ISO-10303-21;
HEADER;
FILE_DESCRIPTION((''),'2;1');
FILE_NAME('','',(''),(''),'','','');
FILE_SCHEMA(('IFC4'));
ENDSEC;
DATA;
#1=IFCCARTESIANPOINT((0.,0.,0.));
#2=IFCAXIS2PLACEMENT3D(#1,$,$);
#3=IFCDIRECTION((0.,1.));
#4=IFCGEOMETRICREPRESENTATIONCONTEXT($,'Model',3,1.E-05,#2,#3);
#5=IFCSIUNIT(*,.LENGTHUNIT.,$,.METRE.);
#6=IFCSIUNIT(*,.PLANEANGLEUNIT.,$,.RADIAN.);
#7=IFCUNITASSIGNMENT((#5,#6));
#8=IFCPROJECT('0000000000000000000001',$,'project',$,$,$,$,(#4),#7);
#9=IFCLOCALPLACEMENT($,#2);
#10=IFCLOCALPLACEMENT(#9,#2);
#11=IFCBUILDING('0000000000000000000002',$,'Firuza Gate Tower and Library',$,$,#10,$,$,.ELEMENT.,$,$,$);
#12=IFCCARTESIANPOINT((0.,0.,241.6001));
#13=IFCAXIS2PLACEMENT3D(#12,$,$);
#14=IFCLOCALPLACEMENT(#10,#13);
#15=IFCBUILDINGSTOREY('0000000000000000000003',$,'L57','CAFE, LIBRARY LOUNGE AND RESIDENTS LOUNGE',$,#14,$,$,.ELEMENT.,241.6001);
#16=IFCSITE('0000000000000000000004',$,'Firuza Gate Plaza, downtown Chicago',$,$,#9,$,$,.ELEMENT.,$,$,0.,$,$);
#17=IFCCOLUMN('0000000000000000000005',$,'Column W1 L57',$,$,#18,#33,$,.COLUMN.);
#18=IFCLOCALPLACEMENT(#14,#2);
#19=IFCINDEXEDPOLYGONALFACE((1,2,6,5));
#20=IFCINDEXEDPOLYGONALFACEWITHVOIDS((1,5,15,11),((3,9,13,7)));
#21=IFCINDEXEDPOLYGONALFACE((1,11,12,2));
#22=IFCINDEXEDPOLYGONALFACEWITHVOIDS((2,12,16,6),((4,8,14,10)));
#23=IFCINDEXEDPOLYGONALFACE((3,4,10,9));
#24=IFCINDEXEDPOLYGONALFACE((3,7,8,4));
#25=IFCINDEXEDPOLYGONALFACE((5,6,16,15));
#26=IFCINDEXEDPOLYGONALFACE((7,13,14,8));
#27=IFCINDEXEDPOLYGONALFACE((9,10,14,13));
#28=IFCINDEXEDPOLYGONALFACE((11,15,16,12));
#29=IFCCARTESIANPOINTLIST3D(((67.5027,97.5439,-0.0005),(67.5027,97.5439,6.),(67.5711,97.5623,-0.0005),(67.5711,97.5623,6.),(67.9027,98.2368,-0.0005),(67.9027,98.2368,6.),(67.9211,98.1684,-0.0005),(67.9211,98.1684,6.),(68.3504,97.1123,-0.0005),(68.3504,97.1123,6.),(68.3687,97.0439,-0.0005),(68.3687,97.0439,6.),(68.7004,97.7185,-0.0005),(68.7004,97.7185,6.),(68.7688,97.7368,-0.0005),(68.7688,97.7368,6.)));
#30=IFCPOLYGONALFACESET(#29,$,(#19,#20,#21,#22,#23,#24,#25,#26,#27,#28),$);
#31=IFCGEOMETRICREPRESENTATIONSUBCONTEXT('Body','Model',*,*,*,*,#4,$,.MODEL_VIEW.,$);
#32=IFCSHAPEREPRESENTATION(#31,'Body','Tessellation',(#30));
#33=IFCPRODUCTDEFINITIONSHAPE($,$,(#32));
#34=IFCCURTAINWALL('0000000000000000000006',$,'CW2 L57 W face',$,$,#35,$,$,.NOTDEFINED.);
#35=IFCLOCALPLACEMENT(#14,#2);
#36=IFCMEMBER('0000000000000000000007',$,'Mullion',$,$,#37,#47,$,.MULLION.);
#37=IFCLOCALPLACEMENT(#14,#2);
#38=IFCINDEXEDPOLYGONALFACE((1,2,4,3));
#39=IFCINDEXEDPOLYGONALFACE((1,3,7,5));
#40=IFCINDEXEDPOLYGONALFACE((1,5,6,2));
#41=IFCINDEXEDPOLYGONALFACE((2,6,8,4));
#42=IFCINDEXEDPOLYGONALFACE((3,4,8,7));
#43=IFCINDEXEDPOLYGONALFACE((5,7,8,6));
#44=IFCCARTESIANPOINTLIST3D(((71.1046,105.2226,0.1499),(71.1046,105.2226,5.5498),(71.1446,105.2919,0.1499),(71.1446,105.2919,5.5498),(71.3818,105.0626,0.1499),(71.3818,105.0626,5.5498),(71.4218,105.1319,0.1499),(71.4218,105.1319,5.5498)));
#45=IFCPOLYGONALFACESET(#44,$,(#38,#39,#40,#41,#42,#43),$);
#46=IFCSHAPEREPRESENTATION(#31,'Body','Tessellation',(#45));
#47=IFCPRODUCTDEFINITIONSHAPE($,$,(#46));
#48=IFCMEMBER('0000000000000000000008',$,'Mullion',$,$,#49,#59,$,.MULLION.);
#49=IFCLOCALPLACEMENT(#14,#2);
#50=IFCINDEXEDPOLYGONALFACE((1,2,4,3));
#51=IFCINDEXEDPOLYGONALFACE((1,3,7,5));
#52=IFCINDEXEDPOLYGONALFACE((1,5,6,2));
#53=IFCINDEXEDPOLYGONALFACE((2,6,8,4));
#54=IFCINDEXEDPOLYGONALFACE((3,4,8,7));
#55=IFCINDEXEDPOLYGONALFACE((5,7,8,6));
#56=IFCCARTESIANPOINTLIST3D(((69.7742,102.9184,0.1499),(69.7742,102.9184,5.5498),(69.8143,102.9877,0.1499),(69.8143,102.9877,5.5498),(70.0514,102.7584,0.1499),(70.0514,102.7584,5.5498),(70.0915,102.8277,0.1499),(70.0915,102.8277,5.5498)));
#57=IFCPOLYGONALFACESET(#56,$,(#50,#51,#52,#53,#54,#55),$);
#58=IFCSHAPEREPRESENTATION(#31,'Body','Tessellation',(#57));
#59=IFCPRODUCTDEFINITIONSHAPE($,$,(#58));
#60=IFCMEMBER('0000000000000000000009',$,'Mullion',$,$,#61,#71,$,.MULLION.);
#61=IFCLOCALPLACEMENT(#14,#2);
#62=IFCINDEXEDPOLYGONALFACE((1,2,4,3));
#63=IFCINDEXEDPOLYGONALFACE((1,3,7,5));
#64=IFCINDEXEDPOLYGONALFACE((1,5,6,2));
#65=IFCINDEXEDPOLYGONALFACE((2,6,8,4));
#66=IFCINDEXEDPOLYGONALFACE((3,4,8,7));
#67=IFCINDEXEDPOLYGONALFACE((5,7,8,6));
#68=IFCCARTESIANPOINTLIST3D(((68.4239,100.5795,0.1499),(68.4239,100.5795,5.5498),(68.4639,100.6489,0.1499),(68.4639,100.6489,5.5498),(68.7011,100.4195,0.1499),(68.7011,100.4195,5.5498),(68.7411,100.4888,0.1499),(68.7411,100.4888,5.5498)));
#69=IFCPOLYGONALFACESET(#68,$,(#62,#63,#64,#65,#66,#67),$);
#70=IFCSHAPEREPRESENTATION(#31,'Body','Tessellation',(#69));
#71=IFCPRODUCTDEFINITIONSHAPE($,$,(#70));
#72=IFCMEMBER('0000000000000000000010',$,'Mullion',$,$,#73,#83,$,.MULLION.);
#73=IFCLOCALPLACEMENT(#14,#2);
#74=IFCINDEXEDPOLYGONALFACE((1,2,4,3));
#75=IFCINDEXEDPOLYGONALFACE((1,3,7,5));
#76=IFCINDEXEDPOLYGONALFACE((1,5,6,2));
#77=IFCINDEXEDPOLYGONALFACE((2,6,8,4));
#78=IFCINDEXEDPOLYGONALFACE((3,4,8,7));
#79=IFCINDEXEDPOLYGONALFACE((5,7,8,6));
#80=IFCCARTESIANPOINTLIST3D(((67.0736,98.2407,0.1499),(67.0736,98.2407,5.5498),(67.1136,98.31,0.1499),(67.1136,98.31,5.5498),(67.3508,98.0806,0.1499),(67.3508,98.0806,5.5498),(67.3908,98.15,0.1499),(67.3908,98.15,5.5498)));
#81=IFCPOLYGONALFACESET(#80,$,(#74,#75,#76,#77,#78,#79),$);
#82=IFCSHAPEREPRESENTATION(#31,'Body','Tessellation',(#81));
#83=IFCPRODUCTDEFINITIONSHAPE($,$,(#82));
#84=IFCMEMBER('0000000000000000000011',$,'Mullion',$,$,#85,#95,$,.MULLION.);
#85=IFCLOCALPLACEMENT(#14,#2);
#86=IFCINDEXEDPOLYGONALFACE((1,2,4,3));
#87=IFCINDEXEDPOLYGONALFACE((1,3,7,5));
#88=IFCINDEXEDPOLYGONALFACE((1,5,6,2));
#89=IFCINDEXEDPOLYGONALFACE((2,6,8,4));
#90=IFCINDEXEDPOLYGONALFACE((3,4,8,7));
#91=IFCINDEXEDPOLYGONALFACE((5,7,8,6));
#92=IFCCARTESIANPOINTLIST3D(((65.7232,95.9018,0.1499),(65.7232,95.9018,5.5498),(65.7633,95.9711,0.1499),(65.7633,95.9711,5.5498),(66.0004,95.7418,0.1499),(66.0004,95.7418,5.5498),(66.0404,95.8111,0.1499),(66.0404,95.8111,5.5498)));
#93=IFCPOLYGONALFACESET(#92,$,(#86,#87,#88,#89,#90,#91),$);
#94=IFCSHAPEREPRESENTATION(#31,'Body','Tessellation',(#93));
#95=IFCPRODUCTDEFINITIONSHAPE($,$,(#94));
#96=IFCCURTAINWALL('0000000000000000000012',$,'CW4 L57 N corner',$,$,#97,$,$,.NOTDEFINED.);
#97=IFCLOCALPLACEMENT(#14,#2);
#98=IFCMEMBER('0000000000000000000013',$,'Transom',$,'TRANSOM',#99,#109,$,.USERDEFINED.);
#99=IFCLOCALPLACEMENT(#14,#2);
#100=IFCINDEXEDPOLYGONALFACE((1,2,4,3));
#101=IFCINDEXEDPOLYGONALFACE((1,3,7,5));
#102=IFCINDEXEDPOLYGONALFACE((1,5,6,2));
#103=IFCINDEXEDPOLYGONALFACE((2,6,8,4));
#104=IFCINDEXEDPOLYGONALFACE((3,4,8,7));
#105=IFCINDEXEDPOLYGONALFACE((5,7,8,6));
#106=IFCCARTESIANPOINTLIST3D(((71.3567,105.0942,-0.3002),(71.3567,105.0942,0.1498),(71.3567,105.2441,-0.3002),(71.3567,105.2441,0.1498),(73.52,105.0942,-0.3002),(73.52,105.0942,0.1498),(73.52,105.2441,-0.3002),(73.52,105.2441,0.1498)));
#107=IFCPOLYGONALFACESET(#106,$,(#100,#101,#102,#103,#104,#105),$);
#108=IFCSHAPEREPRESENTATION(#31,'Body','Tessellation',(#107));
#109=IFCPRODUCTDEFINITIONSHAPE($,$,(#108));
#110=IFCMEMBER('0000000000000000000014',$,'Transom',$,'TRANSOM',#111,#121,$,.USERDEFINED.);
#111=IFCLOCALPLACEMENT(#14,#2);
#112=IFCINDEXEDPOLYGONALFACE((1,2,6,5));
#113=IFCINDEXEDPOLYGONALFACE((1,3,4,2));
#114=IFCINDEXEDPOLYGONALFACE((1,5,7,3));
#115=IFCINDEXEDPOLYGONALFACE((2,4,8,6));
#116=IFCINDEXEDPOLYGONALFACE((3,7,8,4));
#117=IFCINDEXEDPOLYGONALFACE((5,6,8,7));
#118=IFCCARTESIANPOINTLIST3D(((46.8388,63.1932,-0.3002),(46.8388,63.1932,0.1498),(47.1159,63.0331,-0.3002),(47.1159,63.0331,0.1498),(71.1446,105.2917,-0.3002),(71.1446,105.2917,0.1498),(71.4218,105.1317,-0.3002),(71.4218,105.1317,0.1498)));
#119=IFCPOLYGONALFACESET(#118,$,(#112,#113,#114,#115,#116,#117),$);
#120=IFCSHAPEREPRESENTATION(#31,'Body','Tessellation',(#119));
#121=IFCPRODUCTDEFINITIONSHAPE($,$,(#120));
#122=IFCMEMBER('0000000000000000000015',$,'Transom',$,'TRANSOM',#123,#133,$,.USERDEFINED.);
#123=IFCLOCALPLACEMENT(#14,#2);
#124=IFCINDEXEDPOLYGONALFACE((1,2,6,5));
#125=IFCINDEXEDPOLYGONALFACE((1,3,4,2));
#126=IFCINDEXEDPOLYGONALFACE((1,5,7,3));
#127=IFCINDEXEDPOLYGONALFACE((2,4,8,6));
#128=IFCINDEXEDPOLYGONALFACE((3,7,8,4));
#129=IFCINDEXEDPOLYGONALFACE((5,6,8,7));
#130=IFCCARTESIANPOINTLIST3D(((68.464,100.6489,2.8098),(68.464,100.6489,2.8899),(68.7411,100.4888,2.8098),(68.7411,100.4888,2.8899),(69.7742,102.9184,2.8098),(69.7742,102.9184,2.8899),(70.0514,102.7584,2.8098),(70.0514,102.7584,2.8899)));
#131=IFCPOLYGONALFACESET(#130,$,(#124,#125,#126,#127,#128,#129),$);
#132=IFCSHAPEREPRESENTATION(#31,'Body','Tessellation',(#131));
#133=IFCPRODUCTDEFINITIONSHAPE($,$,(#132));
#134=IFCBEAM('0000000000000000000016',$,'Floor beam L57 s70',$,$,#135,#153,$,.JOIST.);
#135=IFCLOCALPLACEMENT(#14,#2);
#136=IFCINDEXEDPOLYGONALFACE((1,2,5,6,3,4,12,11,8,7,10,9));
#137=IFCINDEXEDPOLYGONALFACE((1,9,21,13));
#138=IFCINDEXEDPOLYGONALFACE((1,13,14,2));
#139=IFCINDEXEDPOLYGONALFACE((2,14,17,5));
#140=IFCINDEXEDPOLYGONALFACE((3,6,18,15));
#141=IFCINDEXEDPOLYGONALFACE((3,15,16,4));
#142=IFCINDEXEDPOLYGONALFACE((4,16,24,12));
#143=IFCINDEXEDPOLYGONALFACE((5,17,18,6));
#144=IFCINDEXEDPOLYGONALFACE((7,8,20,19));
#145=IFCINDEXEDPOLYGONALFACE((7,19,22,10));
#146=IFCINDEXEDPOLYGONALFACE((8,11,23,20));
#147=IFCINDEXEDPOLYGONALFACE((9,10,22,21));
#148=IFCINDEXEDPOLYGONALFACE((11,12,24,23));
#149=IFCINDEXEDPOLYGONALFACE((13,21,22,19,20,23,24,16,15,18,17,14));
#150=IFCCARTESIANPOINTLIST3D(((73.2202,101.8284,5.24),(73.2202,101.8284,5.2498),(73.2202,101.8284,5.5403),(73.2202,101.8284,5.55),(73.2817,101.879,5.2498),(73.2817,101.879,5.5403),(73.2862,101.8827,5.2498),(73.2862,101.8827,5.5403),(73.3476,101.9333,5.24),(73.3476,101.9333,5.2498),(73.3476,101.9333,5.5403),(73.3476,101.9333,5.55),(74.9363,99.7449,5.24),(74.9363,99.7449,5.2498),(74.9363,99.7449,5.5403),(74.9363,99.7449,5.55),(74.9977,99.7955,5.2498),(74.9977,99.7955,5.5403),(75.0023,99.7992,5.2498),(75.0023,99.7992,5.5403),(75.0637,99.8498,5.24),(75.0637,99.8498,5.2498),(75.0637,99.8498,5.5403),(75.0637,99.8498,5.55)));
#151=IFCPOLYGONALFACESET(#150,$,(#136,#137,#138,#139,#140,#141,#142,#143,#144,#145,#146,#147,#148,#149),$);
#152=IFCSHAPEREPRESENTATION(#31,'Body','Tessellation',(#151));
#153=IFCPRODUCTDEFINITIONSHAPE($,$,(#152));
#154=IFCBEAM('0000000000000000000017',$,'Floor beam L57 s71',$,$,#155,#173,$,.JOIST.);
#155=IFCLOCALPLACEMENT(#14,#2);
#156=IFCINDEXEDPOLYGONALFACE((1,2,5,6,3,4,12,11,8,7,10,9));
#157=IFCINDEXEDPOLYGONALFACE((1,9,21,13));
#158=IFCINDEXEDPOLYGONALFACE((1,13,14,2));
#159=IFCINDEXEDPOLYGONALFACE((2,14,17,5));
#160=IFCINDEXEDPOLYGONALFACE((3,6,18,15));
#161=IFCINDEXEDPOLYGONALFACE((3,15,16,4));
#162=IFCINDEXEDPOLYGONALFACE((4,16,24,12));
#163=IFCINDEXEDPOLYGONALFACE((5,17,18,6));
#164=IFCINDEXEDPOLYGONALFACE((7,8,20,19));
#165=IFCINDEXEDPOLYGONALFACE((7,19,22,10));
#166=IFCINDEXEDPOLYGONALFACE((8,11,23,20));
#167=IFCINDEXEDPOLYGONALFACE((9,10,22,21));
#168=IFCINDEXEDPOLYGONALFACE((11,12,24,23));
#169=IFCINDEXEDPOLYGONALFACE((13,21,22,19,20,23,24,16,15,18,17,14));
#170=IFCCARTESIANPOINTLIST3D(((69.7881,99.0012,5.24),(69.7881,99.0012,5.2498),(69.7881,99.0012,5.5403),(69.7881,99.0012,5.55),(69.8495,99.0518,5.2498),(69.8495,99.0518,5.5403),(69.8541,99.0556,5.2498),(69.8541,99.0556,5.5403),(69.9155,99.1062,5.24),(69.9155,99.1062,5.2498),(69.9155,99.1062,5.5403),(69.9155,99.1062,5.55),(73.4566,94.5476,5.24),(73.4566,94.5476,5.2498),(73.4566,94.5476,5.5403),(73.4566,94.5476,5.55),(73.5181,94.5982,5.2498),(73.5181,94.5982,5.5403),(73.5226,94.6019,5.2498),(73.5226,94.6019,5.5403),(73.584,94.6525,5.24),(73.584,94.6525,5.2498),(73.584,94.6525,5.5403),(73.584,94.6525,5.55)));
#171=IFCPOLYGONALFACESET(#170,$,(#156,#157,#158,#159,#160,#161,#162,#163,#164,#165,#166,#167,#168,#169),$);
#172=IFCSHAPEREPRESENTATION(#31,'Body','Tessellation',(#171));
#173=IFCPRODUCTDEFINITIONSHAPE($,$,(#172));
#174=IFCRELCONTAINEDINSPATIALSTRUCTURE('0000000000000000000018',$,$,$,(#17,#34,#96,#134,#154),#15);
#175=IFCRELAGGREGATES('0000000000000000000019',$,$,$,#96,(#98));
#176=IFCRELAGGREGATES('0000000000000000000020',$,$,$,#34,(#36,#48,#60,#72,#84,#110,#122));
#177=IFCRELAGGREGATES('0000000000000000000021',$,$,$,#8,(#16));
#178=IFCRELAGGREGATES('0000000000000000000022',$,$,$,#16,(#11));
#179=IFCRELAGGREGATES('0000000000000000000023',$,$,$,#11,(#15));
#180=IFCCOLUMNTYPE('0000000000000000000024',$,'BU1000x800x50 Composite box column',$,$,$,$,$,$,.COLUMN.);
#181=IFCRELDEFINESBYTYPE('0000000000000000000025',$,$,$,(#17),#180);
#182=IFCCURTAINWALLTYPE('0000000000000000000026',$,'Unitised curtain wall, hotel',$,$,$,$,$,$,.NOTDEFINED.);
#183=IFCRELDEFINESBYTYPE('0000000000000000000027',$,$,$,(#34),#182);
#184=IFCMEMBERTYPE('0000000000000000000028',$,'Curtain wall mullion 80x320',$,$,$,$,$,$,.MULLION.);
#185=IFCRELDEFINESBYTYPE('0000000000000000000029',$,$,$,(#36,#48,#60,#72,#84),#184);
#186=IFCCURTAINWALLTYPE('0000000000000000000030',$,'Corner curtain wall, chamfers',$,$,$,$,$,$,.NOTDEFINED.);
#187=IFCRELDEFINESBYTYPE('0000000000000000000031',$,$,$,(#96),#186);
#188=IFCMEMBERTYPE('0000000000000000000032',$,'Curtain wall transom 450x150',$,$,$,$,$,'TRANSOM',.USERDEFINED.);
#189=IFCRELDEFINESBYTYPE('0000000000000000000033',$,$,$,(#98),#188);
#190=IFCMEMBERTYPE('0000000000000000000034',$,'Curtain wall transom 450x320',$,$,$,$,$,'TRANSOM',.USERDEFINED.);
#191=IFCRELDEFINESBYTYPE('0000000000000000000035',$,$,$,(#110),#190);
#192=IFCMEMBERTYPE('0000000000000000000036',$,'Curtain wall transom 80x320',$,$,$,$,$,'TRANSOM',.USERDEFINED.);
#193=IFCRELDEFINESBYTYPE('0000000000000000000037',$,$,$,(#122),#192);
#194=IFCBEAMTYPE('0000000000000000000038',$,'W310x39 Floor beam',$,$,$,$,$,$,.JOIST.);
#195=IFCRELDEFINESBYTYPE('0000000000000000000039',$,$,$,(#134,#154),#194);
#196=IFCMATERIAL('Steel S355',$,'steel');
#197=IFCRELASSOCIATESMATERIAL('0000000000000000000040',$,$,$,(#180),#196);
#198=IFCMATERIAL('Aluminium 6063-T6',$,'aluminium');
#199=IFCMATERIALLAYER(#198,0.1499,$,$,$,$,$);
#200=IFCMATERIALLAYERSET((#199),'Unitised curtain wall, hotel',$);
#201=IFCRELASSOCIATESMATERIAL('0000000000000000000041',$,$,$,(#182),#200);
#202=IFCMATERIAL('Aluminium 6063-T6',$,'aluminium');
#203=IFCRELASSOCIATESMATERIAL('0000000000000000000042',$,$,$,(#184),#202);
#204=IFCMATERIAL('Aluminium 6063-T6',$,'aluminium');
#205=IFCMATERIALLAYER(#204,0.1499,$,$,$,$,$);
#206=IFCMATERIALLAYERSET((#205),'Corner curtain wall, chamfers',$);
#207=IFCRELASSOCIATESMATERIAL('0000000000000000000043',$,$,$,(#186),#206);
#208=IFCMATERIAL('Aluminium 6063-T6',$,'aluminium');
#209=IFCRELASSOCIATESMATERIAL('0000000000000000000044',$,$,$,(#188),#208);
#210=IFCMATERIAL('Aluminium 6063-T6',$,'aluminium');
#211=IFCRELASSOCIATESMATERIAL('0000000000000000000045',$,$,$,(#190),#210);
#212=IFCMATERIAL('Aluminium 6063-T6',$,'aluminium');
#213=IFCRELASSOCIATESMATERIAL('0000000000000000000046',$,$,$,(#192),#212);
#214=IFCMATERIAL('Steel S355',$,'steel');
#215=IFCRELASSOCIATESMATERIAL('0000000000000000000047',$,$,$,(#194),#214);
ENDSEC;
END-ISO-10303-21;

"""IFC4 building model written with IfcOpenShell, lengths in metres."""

from ifc_helpers import new_model, si_unit, direction, frame, origin, origin_2d, place, context, subcontext, project, spatial, rectangle, hollow_rectangle, i_section, extrude, material, layer, layer_set, material_profile, profile_set, type_object, element, aggregate, save


model = new_model("IFC4")

# Units and contexts
model_context = context("Model", 3, precision=1e-05, world=origin(), true_north=direction((0.0, 1.0)))
body_context = subcontext(model_context, "Body", "Model", "MODEL_VIEW")
ifc_project = project(units=[si_unit("LENGTHUNIT", "METRE"), si_unit("PLANEANGLEUNIT", "RADIAN")], contexts=[model_context])

# Site, building, storey
site_placement = place(None, origin())
site = spatial("IfcSite", under=ifc_project, at=site_placement, Name="Firuza Gate Plaza, downtown Chicago", CompositionType="ELEMENT", RefElevation=0.0)
building_placement = place(site_placement, origin())
building = spatial("IfcBuilding", under=site, at=building_placement, Name="Firuza Gate Tower and Library", CompositionType="ELEMENT")
storey_placement = place(building_placement, frame((0.0, 0.0, 241.6001)))
storey = spatial("IfcBuildingStorey", under=building, at=storey_placement, Name="L57", Description="CAFE, LIBRARY LOUNGE AND RESIDENTS LOUNGE", CompositionType="ELEMENT", Elevation=241.6001)

# Column
ifc_material_1 = material(Name="Steel S355", Category="steel")
ifc_material_profile_1 = material_profile(ifc_material_1, hollow_rectangle(XDim=0.8, YDim=1.0, WallThickness=0.05, at=origin_2d()))
ifc_profile_set_1 = profile_set([ifc_material_profile_1], Name="Steel S355")
column_type = type_object("IfcColumnType", Name="BU1000x800x50 Composite box column", PredefinedType="COLUMN", material=ifc_profile_set_1)
column_placement = place(storey_placement, frame((68.1357, 97.6404, -0.0005), z_axis=(0.0, 0.0, 1.0), x_axis=(-0.5, -0.866025, 0.0)))
element("IfcColumn", 1, at=column_placement, inside=storey, type_object=column_type, Name="Column W1 L57", PredefinedType="COLUMN", context=body_context, shape_type="SweptSolid", body=[
    extrude(hollow_rectangle(XDim=0.8, YDim=1.0, WallThickness=0.05, at=origin_2d()), origin(), (0.0, 0.0, 1.0), 6.0005),
])

# Curtain wall, members
ifc_material_2 = material(Name="Aluminium 6063-T6", Category="aluminium")
ifc_layer_1 = layer(ifc_material_2, 0.1499)
ifc_layer_set_1 = layer_set([ifc_layer_1], Name="Unitised curtain wall, hotel")
curtain_wall_type_1 = type_object("IfcCurtainWallType", Name="Unitised curtain wall, hotel", PredefinedType="NOTDEFINED", material=ifc_layer_set_1)
placement = place(storey_placement, origin())
curtain_wall_1 = element("IfcCurtainWall", 2, at=placement, inside=storey, type_object=curtain_wall_type_1, Name="CW2 L57 W face", PredefinedType="NOTDEFINED")
ifc_material_3 = material(Name="Aluminium 6063-T6", Category="aluminium")
ifc_material_profile_2 = material_profile(ifc_material_3, rectangle(XDim=0.3201, YDim=0.0801, at=origin_2d()))
ifc_profile_set_2 = profile_set([ifc_material_profile_2], Name="Aluminium 6063-T6")
member_type_1 = type_object("IfcMemberType", Name="Curtain wall mullion 80x320", PredefinedType="MULLION", material=ifc_profile_set_2)
member_1_placement = place(storey_placement, frame((71.2632, 105.1772, 0.1499), z_axis=(0.0, 0.0, 1.0), x_axis=(0.866025, -0.5, 0.0)))
member_1 = element("IfcMember", 3, at=member_1_placement, type_object=member_type_1, Name="Mullion", PredefinedType="MULLION", context=body_context, shape_type="SweptSolid", body=[
    extrude(rectangle(XDim=0.3201, YDim=0.0801, at=origin_2d()), origin(), (0.0, 0.0, 1.0), 5.3999),
])
member_2_placement = place(storey_placement, frame((69.9329, 102.873, 0.1499), z_axis=(0.0, 0.0, 1.0), x_axis=(0.866025, -0.5, 0.0)))
member_2 = element("IfcMember", 4, at=member_2_placement, type_object=member_type_1, Name="Mullion", PredefinedType="MULLION", context=body_context, shape_type="SweptSolid", body=[
    extrude(rectangle(XDim=0.3201, YDim=0.0801, at=origin_2d()), origin(), (0.0, 0.0, 1.0), 5.3999),
])
member_3_placement = place(storey_placement, frame((68.5825, 100.5342, 0.1499), z_axis=(0.0, 0.0, 1.0), x_axis=(0.866025, -0.5, 0.0)))
member_3 = element("IfcMember", 5, at=member_3_placement, type_object=member_type_1, Name="Mullion", PredefinedType="MULLION", context=body_context, shape_type="SweptSolid", body=[
    extrude(rectangle(XDim=0.3201, YDim=0.0801, at=origin_2d()), origin(), (0.0, 0.0, 1.0), 5.3999),
])
member_4_placement = place(storey_placement, frame((67.2322, 98.1953, 0.1499), z_axis=(0.0, 0.0, 1.0), x_axis=(0.866025, -0.5, 0.0)))
member_4 = element("IfcMember", 6, at=member_4_placement, type_object=member_type_1, Name="Mullion", PredefinedType="MULLION", context=body_context, shape_type="SweptSolid", body=[
    extrude(rectangle(XDim=0.3201, YDim=0.0801, at=origin_2d()), origin(), (0.0, 0.0, 1.0), 5.3999),
])
member_5_placement = place(storey_placement, frame((65.8818, 95.8564, 0.1499), z_axis=(0.0, 0.0, 1.0), x_axis=(0.866025, -0.5, 0.0)))
member_5 = element("IfcMember", 7, at=member_5_placement, type_object=member_type_1, Name="Mullion", PredefinedType="MULLION", context=body_context, shape_type="SweptSolid", body=[
    extrude(rectangle(XDim=0.3201, YDim=0.0801, at=origin_2d()), origin(), (0.0, 0.0, 1.0), 5.3999),
])

# Curtain wall, member
ifc_material_4 = material(Name="Aluminium 6063-T6", Category="aluminium")
ifc_layer_2 = layer(ifc_material_4, 0.1499)
ifc_layer_set_2 = layer_set([ifc_layer_2], Name="Corner curtain wall, chamfers")
curtain_wall_type_2 = type_object("IfcCurtainWallType", Name="Corner curtain wall, chamfers", PredefinedType="NOTDEFINED", material=ifc_layer_set_2)
curtain_wall_2 = element("IfcCurtainWall", 8, at=placement, inside=storey, type_object=curtain_wall_type_2, Name="CW4 L57 N corner", PredefinedType="NOTDEFINED")
ifc_material_5 = material(Name="Aluminium 6063-T6", Category="aluminium")
ifc_material_profile_3 = material_profile(ifc_material_5, rectangle(XDim=0.1499, YDim=0.45, at=origin_2d()))
ifc_profile_set_3 = profile_set([ifc_material_profile_3], Name="Aluminium 6063-T6")
member_type_2 = type_object("IfcMemberType", Name="Curtain wall transom 450x150", ElementType="TRANSOM", PredefinedType="USERDEFINED", material=ifc_profile_set_3)
member_6_placement = place(storey_placement, frame((73.52, 105.1692, -0.0752), z_axis=(-1.0, 0.0, 0.0), x_axis=(0.0, -1.0, 0.0)))
member_6 = element("IfcMember", 9, at=member_6_placement, type_object=member_type_2, Name="Transom", ObjectType="TRANSOM", PredefinedType="USERDEFINED", context=body_context, shape_type="SweptSolid", body=[
    extrude(rectangle(XDim=0.1499, YDim=0.45, at=origin_2d()), origin(), (0.0, 0.0, 1.0), 2.1633),
])
aggregate(curtain_wall_2, [member_6])

# Members
ifc_material_6 = material(Name="Aluminium 6063-T6", Category="aluminium")
ifc_material_profile_4 = material_profile(ifc_material_6, rectangle(XDim=0.3201, YDim=0.45, at=origin_2d()))
ifc_profile_set_4 = profile_set([ifc_material_profile_4], Name="Aluminium 6063-T6")
member_type_3 = type_object("IfcMemberType", Name="Curtain wall transom 450x320", ElementType="TRANSOM", PredefinedType="USERDEFINED", material=ifc_profile_set_4)
member_7_placement = place(storey_placement, frame((71.2832, 105.2117, -0.0752), z_axis=(-0.500004, -0.866023, 0.0), x_axis=(0.866023, -0.500004, 0.0)))
member_7 = element("IfcMember", 10, at=member_7_placement, type_object=member_type_3, Name="Transom", ObjectType="TRANSOM", PredefinedType="USERDEFINED", context=body_context, shape_type="SweptSolid", body=[
    extrude(rectangle(XDim=0.3201, YDim=0.45, at=origin_2d()), origin(), (0.0, 0.0, 1.0), 48.6113),
])
ifc_material_7 = material(Name="Aluminium 6063-T6", Category="aluminium")
ifc_material_profile_5 = material_profile(ifc_material_7, rectangle(XDim=0.3201, YDim=0.0801, at=origin_2d()))
ifc_profile_set_5 = profile_set([ifc_material_profile_5], Name="Aluminium 6063-T6")
member_type_4 = type_object("IfcMemberType", Name="Curtain wall transom 80x320", ElementType="TRANSOM", PredefinedType="USERDEFINED", material=ifc_profile_set_5)
member_8_placement = place(storey_placement, frame((69.9128, 102.8384, 2.8499), z_axis=(-0.499997, -0.866027, 0.0), x_axis=(0.866027, -0.499997, 0.0)))
member_8 = element("IfcMember", 11, at=member_8_placement, type_object=member_type_4, Name="Transom", ObjectType="TRANSOM", PredefinedType="USERDEFINED", context=body_context, shape_type="SweptSolid", body=[
    extrude(rectangle(XDim=0.3201, YDim=0.0801, at=origin_2d()), origin(), (0.0, 0.0, 1.0), 2.6206),
])

# Beams
ifc_material_8 = material(Name="Steel S355", Category="steel")
ifc_material_profile_6 = material_profile(ifc_material_8, i_section(OverallWidth=0.165, OverallDepth=0.3101, WebThickness=0.0059, FlangeThickness=0.0098, at=origin_2d()))
ifc_profile_set_6 = profile_set([ifc_material_profile_6], Name="Steel S355")
beam_type_1 = type_object("IfcBeamType", Name="W310x39 Floor beam", PredefinedType="JOIST", material=ifc_profile_set_6)
beam_1_placement = place(storey_placement, frame((73.2839, 101.8809, 5.395), z_axis=(0.635761, -0.771886, 0.0), x_axis=(0.771886, 0.635761, 0.0)))
element("IfcBeam", 12, at=beam_1_placement, inside=storey, type_object=beam_type_1, Name="Floor beam L57 s70", PredefinedType="JOIST", context=body_context, shape_type="SweptSolid", body=[
    extrude(i_section(OverallWidth=0.165, OverallDepth=0.3101, WebThickness=0.0059, FlangeThickness=0.0098, at=origin_2d()), origin(), (0.0, 0.0, 1.0), 2.6992),
])
beam_2_placement = place(storey_placement, frame((69.8518, 99.0537, 5.395), z_axis=(0.635787, -0.771864, 0.0), x_axis=(0.771864, 0.635787, 0.0)))
element("IfcBeam", 13, at=beam_2_placement, inside=storey, type_object=beam_type_1, Name="Floor beam L57 s71", PredefinedType="JOIST", context=body_context, shape_type="SweptSolid", body=[
    extrude(i_section(OverallWidth=0.165, OverallDepth=0.3101, WebThickness=0.0059, FlangeThickness=0.0098, at=origin_2d()), origin(), (0.0, 0.0, 1.0), 5.77),
])

aggregate(curtain_wall_1, [member_1, member_2, member_3, member_4, member_5, member_7, member_8])

save(model, "model.ifc")
